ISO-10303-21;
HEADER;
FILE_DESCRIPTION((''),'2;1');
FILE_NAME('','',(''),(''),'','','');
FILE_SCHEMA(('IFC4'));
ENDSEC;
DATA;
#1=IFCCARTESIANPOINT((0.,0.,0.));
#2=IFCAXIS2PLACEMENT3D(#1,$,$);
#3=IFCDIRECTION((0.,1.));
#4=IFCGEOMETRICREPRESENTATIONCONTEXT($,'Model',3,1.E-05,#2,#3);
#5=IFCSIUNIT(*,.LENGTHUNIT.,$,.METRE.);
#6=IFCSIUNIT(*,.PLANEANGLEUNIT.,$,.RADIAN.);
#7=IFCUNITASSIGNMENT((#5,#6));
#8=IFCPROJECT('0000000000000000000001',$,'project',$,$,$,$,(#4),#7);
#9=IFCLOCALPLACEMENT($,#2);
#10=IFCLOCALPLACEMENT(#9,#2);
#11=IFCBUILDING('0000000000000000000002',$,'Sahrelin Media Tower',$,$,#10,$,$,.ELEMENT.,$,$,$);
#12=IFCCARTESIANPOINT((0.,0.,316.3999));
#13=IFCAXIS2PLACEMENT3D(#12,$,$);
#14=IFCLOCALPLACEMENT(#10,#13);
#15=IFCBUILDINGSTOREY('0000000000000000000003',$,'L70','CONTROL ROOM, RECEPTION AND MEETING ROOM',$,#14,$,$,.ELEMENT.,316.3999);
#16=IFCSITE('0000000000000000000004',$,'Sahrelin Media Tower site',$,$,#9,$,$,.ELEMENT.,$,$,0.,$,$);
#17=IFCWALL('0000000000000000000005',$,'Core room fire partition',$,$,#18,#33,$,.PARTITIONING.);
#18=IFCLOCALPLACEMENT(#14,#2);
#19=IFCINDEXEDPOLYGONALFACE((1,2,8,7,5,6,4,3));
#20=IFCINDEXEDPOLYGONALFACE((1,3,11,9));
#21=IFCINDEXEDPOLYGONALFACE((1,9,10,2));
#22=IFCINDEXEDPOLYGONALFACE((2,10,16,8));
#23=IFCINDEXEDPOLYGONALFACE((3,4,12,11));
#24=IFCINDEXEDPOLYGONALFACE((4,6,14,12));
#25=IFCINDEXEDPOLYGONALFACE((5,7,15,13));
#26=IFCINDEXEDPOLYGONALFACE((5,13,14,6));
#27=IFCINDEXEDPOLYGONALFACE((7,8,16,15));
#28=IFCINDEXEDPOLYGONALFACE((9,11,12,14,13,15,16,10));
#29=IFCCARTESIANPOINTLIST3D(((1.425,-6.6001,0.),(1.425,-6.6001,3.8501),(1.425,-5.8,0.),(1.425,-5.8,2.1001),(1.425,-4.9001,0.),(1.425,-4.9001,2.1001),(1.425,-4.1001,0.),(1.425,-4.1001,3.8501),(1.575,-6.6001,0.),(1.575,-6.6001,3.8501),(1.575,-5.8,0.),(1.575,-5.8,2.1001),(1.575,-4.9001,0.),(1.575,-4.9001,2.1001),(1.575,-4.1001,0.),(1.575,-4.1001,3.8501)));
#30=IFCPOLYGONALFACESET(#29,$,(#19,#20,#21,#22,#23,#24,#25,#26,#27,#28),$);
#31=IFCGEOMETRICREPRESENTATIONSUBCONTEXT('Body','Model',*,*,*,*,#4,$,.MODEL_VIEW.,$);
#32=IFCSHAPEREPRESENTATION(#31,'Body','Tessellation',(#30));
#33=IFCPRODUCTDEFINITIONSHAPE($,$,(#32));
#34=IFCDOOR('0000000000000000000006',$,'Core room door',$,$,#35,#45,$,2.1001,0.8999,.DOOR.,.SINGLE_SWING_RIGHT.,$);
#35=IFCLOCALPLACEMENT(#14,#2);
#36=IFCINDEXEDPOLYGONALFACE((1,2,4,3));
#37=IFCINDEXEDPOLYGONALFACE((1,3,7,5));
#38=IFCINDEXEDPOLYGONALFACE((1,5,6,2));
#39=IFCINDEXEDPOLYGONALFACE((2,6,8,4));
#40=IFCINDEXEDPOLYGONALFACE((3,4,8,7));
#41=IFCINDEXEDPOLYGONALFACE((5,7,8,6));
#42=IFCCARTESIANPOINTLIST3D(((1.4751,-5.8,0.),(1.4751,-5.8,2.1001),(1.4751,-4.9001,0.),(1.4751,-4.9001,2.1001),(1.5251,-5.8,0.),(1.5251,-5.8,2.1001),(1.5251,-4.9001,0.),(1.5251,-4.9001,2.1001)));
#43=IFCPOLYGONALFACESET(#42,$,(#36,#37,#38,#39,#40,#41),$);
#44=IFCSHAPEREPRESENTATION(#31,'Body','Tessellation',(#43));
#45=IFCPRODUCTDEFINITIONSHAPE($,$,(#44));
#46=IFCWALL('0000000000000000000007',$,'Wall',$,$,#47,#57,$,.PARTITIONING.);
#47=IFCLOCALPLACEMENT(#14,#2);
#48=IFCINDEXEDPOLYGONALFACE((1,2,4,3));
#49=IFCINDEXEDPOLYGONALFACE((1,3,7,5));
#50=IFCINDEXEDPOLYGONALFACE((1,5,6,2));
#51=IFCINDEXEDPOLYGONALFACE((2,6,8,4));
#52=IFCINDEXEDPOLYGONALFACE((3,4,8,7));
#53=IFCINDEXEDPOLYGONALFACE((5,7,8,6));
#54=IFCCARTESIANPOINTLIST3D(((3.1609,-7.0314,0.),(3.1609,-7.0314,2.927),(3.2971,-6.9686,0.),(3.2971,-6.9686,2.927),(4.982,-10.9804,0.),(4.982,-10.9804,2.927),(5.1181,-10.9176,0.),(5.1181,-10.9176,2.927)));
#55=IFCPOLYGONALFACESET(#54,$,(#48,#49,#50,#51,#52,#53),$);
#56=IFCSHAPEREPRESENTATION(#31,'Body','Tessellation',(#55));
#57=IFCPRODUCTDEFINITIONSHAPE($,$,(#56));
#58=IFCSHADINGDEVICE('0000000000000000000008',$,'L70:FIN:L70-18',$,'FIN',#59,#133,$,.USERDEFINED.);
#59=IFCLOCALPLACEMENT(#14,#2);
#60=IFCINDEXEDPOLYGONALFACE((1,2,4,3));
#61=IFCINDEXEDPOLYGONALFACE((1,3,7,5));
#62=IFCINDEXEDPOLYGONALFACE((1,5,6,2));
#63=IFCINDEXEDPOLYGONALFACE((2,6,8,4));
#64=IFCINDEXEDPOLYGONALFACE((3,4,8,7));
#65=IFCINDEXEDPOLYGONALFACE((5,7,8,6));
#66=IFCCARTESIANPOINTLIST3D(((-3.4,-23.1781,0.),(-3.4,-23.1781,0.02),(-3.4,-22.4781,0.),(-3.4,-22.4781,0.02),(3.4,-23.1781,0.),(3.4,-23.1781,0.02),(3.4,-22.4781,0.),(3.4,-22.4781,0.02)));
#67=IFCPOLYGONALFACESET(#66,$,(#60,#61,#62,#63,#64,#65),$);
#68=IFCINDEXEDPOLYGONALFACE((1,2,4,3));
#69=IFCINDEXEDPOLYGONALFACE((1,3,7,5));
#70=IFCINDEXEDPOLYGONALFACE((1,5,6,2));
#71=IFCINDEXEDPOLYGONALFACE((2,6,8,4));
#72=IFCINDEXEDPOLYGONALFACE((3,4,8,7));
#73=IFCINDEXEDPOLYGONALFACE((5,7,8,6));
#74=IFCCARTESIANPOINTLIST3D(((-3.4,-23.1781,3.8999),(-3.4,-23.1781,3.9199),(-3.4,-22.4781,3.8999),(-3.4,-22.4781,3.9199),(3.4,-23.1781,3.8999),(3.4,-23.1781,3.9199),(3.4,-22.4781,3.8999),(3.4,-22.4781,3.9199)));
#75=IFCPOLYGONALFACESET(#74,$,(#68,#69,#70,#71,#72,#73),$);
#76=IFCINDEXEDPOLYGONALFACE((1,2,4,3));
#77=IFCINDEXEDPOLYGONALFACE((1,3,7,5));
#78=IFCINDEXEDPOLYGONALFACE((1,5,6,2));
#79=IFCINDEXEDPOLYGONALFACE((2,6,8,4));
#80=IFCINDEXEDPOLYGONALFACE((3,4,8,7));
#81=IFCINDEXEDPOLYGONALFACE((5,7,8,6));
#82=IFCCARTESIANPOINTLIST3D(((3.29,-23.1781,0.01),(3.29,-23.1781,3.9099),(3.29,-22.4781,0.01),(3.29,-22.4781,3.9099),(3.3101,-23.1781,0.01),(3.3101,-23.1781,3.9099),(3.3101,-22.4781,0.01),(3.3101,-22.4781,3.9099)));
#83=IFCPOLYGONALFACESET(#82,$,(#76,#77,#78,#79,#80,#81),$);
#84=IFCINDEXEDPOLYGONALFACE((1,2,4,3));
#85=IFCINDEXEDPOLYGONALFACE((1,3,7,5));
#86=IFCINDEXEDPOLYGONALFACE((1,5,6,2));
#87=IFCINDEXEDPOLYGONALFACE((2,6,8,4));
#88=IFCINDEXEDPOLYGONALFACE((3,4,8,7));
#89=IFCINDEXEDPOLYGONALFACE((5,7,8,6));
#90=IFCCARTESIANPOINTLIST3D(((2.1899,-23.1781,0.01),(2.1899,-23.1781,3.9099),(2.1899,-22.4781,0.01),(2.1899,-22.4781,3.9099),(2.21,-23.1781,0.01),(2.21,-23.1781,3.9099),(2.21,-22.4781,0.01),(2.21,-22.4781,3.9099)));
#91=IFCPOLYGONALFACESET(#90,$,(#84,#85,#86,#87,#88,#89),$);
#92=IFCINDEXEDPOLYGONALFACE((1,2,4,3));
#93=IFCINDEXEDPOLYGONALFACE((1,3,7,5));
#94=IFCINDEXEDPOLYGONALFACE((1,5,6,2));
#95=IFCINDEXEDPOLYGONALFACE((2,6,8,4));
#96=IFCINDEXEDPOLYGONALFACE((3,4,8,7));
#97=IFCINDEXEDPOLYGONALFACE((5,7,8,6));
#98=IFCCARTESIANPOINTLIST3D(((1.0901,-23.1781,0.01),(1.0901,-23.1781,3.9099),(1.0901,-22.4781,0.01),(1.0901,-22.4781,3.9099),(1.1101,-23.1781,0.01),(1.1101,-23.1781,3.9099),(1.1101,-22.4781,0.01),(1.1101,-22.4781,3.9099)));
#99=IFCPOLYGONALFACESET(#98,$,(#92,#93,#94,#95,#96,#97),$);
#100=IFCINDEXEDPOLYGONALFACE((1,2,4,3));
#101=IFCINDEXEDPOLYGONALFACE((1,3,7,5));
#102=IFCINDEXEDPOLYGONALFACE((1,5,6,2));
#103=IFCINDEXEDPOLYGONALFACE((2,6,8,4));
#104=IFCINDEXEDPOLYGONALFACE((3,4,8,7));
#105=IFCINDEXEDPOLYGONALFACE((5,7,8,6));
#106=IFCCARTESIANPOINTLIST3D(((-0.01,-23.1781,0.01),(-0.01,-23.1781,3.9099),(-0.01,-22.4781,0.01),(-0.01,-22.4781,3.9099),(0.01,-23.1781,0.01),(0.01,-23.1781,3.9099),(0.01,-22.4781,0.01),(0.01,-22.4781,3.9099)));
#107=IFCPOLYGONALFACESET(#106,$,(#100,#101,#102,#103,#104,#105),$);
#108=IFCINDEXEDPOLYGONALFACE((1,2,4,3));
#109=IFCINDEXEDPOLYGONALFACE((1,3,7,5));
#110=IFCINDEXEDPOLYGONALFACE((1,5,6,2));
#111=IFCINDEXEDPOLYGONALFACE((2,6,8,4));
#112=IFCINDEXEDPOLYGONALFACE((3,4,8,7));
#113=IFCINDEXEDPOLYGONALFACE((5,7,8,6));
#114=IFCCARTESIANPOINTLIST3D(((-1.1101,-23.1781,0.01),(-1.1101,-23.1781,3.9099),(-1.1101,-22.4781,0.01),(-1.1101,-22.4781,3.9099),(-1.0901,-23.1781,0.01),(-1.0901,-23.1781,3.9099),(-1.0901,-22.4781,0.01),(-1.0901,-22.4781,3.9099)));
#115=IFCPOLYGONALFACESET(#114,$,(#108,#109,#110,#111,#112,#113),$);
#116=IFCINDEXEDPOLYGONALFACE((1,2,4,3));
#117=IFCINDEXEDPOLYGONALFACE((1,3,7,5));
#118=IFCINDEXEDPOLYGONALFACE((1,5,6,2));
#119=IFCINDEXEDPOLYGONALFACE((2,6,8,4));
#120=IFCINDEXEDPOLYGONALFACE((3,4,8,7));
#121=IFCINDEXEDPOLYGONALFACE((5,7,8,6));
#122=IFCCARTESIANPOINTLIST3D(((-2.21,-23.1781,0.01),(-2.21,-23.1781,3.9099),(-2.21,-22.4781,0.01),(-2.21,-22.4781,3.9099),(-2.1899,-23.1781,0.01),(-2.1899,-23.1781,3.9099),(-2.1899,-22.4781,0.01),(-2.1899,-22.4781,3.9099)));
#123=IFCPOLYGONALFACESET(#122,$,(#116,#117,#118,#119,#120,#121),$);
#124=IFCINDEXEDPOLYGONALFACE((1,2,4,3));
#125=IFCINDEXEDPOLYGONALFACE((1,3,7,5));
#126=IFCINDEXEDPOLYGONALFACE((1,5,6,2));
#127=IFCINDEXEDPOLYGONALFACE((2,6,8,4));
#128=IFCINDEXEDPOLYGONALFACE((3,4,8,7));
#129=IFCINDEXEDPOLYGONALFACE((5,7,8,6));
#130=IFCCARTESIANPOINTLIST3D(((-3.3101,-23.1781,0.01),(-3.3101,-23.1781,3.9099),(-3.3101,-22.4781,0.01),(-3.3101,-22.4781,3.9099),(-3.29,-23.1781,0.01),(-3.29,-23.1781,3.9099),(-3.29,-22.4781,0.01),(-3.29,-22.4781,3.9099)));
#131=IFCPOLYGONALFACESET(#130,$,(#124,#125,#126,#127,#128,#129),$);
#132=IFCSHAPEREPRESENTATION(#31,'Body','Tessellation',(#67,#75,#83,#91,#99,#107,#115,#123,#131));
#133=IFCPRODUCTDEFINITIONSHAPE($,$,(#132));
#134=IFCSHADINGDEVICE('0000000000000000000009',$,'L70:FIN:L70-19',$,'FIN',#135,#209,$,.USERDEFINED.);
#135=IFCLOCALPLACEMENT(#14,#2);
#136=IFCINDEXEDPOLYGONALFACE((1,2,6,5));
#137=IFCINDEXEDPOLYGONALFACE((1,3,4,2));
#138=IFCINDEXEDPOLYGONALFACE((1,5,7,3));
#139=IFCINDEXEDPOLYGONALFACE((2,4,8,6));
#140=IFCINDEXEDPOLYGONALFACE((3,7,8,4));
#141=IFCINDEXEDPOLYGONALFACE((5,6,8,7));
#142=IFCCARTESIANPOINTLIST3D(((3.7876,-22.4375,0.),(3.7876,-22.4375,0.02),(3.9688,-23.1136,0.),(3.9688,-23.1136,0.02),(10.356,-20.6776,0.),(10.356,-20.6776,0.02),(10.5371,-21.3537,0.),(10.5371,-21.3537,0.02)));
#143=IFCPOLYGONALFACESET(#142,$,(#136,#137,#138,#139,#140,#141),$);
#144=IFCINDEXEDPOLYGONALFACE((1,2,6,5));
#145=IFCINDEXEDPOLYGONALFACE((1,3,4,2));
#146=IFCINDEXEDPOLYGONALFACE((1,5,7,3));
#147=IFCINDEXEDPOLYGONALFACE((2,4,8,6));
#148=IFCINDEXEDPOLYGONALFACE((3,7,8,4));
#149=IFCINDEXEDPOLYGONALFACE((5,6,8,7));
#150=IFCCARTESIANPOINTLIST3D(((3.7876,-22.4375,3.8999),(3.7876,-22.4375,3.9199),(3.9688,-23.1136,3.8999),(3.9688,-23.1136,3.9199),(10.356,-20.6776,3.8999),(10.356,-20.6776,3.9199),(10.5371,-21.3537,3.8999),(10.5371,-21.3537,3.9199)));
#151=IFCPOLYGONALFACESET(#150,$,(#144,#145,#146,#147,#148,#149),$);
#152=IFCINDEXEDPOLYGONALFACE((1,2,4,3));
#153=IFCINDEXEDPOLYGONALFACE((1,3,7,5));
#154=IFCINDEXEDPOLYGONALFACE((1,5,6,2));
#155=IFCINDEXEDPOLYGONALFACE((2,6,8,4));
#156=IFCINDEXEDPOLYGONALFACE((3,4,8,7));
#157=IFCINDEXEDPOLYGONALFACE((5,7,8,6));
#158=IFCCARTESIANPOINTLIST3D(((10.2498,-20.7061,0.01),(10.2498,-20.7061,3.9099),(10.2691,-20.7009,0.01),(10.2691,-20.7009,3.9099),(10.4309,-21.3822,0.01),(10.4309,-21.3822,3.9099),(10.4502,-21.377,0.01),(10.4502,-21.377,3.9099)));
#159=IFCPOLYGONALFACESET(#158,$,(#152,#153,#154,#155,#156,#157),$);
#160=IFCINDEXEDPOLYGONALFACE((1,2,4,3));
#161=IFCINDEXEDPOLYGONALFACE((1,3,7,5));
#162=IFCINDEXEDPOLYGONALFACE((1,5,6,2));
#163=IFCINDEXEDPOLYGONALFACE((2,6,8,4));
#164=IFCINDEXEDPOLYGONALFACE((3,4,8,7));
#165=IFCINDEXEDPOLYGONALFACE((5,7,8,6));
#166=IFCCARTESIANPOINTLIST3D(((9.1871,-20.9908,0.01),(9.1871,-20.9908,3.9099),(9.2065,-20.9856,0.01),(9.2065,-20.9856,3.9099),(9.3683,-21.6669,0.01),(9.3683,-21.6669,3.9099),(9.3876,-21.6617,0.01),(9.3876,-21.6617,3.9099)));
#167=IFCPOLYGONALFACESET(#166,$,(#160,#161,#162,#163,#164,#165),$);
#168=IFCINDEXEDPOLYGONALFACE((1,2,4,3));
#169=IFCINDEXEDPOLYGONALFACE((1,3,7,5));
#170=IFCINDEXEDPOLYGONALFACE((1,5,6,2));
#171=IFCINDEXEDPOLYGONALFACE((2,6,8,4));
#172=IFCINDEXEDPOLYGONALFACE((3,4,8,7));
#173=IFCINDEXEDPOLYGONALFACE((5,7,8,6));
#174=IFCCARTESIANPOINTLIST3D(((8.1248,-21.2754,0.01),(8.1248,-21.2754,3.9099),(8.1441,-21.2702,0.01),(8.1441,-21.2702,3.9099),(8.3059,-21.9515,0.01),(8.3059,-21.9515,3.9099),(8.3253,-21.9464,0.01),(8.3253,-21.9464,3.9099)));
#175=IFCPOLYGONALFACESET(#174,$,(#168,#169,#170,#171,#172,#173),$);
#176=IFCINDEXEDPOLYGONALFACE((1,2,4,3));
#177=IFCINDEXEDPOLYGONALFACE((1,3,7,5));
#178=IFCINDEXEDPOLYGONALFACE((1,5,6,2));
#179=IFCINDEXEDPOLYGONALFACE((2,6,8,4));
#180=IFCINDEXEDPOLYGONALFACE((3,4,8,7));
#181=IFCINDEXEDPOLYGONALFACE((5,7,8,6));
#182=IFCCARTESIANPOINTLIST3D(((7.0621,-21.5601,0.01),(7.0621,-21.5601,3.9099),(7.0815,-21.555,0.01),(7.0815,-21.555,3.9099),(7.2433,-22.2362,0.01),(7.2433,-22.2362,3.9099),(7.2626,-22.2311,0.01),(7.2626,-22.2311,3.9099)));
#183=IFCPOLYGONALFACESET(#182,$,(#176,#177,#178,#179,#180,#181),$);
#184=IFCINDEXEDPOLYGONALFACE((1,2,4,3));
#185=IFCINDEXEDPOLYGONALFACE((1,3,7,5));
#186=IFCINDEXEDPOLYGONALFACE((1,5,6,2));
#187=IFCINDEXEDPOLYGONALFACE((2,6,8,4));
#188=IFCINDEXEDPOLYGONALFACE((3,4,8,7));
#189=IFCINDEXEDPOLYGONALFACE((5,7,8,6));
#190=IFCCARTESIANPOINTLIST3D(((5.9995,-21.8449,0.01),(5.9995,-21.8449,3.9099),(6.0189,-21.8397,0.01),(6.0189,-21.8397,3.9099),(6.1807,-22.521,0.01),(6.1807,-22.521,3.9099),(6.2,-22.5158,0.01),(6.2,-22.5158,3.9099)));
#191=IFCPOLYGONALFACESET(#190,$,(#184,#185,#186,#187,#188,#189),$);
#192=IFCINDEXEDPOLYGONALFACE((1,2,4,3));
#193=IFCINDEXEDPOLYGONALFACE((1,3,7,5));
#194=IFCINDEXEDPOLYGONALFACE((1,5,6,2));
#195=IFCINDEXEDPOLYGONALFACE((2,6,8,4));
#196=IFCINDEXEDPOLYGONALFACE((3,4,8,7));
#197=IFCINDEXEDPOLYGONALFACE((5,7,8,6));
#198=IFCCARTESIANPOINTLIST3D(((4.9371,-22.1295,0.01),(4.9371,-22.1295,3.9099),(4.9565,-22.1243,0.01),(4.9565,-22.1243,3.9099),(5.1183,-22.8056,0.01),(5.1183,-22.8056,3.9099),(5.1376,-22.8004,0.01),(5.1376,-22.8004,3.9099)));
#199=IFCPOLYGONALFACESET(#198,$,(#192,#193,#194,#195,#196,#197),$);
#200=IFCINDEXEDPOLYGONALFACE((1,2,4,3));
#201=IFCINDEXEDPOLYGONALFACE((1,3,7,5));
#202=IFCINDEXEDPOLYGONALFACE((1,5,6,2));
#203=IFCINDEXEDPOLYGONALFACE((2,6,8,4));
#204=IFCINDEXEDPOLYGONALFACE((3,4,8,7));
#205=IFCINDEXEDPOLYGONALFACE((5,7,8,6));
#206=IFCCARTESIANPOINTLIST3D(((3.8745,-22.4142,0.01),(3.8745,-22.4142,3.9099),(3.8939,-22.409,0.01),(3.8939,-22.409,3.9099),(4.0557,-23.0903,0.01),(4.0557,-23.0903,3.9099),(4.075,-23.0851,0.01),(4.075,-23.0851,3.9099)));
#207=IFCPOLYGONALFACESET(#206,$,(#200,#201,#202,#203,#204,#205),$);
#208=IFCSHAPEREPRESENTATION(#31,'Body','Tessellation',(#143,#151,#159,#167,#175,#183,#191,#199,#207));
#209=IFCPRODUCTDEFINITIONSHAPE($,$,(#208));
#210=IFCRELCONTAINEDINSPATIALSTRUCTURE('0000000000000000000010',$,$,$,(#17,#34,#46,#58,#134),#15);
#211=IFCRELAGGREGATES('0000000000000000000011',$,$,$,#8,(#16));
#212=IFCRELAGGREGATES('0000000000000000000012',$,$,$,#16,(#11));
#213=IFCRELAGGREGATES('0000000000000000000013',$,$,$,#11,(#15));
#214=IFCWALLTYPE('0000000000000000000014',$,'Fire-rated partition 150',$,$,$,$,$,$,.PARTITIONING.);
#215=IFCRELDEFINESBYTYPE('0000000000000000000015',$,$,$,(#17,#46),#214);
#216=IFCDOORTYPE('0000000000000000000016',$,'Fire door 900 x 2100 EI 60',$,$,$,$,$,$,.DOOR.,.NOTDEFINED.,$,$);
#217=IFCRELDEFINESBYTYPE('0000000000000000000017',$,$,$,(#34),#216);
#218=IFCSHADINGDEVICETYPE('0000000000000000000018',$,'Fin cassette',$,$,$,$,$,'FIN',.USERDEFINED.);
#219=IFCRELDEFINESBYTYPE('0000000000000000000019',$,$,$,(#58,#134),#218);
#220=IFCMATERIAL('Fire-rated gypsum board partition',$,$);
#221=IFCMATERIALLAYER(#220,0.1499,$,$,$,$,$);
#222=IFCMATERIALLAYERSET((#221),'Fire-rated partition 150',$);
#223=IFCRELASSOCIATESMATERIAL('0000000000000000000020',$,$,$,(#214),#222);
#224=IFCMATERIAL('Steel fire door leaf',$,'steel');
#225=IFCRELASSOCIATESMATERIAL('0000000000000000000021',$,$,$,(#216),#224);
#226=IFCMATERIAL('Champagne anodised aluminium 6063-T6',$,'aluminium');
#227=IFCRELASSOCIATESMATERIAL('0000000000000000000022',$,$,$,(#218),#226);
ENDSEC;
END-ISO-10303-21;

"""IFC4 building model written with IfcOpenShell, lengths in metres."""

from ifc_helpers import new_model, si_unit, direction, frame, frame_2d, origin, origin_2d, place, context, subcontext, project, spatial, rectangle, extrude, material, layer, layer_set, type_object, element, fill, save


model = new_model("IFC4")

# Units and contexts
model_context = context("Model", 3, precision=1e-05, world=origin(), true_north=direction((0.0, 1.0)))
body_context = subcontext(model_context, "Body", "Model", "MODEL_VIEW")
ifc_project = project(units=[si_unit("LENGTHUNIT", "METRE"), si_unit("PLANEANGLEUNIT", "RADIAN")], contexts=[model_context])

# Site, building, storey
site_placement = place(None, origin())
site = spatial("IfcSite", under=ifc_project, at=site_placement, Name="Sahrelin Media Tower site", CompositionType="ELEMENT", RefElevation=0.0)
building_placement = place(site_placement, origin())
building = spatial("IfcBuilding", under=site, at=building_placement, Name="Sahrelin Media Tower", CompositionType="ELEMENT")
storey_placement = place(building_placement, frame((0.0, 0.0, 316.3999)))
storey = spatial("IfcBuildingStorey", under=building, at=storey_placement, Name="L70", Description="CONTROL ROOM, RECEPTION AND MEETING ROOM", CompositionType="ELEMENT", Elevation=316.3999)

# Shared definitions
ifc_material_1 = material(Name="Champagne anodised aluminium 6063-T6", Category="aluminium")

# Wall, opening, door
ifc_material_2 = material(Name="Fire-rated gypsum board partition")
ifc_layer_1 = layer(ifc_material_2, 0.1499)
ifc_layer_set_1 = layer_set([ifc_layer_1], Name="Fire-rated partition 150")
wall_type = type_object("IfcWallType", Name="Fire-rated partition 150", PredefinedType="PARTITIONING", material=ifc_layer_set_1)
wall_1_placement = place(storey_placement, frame((1.5, -6.6001, 0.0), z_axis=(0.0, 0.0, 1.0), x_axis=(0.0, 1.0, 0.0)))
wall_1 = element("IfcWall", 1, at=wall_1_placement, inside=storey, type_object=wall_type, Name="Core room fire partition", PredefinedType="PARTITIONING", context=body_context, shape_type="SweptSolid", body=[
    extrude(rectangle(XDim=2.5, YDim=0.1499, at=frame_2d((1.25, 0.0))), origin(), (0.0, 0.0, 1.0), 3.8501),
])
opening_placement = place(wall_1_placement, frame((0.8, 0.0, 0.0)))
opening = element("IfcOpeningElement", 2, at=opening_placement, cuts=wall_1, PredefinedType="OPENING", context=body_context, shape_type="SweptSolid", body=[
    extrude(rectangle(XDim=0.8999, YDim=2.1001, at=frame_2d((0.45, 1.05))), frame((0.0, 0.075, 0.0), z_axis=(0.0, -1.0, 0.0), x_axis=(1.0, 0.0, 0.0)), (0.0, 0.0, 1.0), 0.1499),
])
ifc_material_3 = material(Name="Steel fire door leaf", Category="steel")
door_type = type_object("IfcDoorType", Name="Fire door 900 x 2100 EI 60", OperationType="NOTDEFINED", PredefinedType="DOOR", material=ifc_material_3)
door_placement = place(opening_placement, origin())
door = element("IfcDoor", 3, at=door_placement, inside=storey, type_object=door_type, Name="Core room door", OperationType="SINGLE_SWING_RIGHT", OverallHeight=2.1001, OverallWidth=0.8999, PredefinedType="DOOR", context=body_context, shape_type="SweptSolid", body=[
    extrude(rectangle(XDim=0.8999, YDim=2.1001, at=frame_2d((0.45, 1.05))), frame((0.0, 0.0249, 0.0), z_axis=(0.0, -1.0, 0.0), x_axis=(1.0, 0.0, 0.0)), (0.0, 0.0, 1.0), 0.05),
])
fill(opening, door)

# Wall
wall_2_placement = place(storey_placement, frame((3.229, -7.0, 0.0), z_axis=(0.0, 0.0, 1.0), x_axis=(0.418763, -0.908096, 0.0)))
element("IfcWall", 4, at=wall_2_placement, inside=storey, type_object=wall_type, Name="Wall", PredefinedType="PARTITIONING", context=body_context, shape_type="SweptSolid", body=[
    extrude(rectangle(XDim=4.3486, YDim=0.1499, at=frame_2d((2.1743, 0.0))), origin(), (0.0, 0.0, 1.0), 2.927),
])

# Shading devices
shading_device_type_1 = type_object("IfcShadingDeviceType", Name="Fin cassette", ElementType="FIN", PredefinedType="USERDEFINED", material=ifc_material_1)
placement_1 = place(storey_placement, frame((0.0, -22.4082, 0.0), z_axis=(0.0, 0.0, 1.0), x_axis=(-1.0, 0.0, 0.0)))
element("IfcShadingDevice", 5, at=placement_1, inside=storey, type_object=shading_device_type_1, Name="L70:FIN:L70-18", ObjectType="FIN", PredefinedType="USERDEFINED", context=body_context, shape_type="SweptSolid", body=[
    extrude(rectangle(XDim=6.8, YDim=0.7, at=origin_2d()), frame((0.0, 0.4199, 0.0)), (0.0, 0.0, 1.0), 0.02),
    extrude(rectangle(XDim=6.8, YDim=0.7, at=origin_2d()), frame((0.0, 0.4199, 3.8999)), (0.0, 0.0, 1.0), 0.02),
    extrude(rectangle(XDim=0.02, YDim=0.7, at=origin_2d()), frame((-3.3, 0.4199, 0.01), z_axis=(0.0, 0.0, 1.0), x_axis=(1.0, 0.0, 0.0)), (0.0, 0.0, 1.0), 3.8999),
    extrude(rectangle(XDim=0.02, YDim=0.7, at=origin_2d()), frame((-2.2, 0.4199, 0.01), z_axis=(0.0, 0.0, 1.0), x_axis=(1.0, 0.0, 0.0)), (0.0, 0.0, 1.0), 3.8999),
    extrude(rectangle(XDim=0.02, YDim=0.7, at=origin_2d()), frame((-1.1001, 0.4199, 0.01), z_axis=(0.0, 0.0, 1.0), x_axis=(1.0, 0.0, 0.0)), (0.0, 0.0, 1.0), 3.8999),
    extrude(rectangle(XDim=0.02, YDim=0.7, at=origin_2d()), frame((0.0, 0.4199, 0.01), z_axis=(0.0, 0.0, 1.0), x_axis=(1.0, 0.0, 0.0)), (0.0, 0.0, 1.0), 3.8999),
    extrude(rectangle(XDim=0.02, YDim=0.7, at=origin_2d()), frame((1.1001, 0.4199, 0.01), z_axis=(0.0, 0.0, 1.0), x_axis=(1.0, 0.0, 0.0)), (0.0, 0.0, 1.0), 3.8999),
    extrude(rectangle(XDim=0.02, YDim=0.7, at=origin_2d()), frame((2.2, 0.4199, 0.01), z_axis=(0.0, 0.0, 1.0), x_axis=(1.0, 0.0, 0.0)), (0.0, 0.0, 1.0), 3.8999),
    extrude(rectangle(XDim=0.02, YDim=0.7, at=origin_2d()), frame((3.3, 0.4199, 0.01), z_axis=(0.0, 0.0, 1.0), x_axis=(1.0, 0.0, 0.0)), (0.0, 0.0, 1.0), 3.8999),
])
placement_2 = place(storey_placement, frame((7.0537, -21.49, 0.0), z_axis=(0.0, 0.0, 1.0), x_axis=(-0.965929, -0.258808, 0.0)))
element("IfcShadingDevice", 6, at=placement_2, inside=storey, type_object=shading_device_type_1, Name="L70:FIN:L70-19", ObjectType="FIN", PredefinedType="USERDEFINED", context=body_context, shape_type="SweptSolid", body=[
    extrude(rectangle(XDim=6.8, YDim=0.7, at=origin_2d()), frame((0.0, 0.4199, 0.0)), (0.0, 0.0, 1.0), 0.02),
    extrude(rectangle(XDim=6.8, YDim=0.7, at=origin_2d()), frame((0.0, 0.4199, 3.8999)), (0.0, 0.0, 1.0), 0.02),
    extrude(rectangle(XDim=0.02, YDim=0.7, at=origin_2d()), frame((-3.3, 0.4199, 0.01), z_axis=(0.0, 0.0, 1.0), x_axis=(1.0, 0.0, 0.0)), (0.0, 0.0, 1.0), 3.8999),
    extrude(rectangle(XDim=0.02, YDim=0.7, at=origin_2d()), frame((-2.2, 0.4199, 0.01), z_axis=(0.0, 0.0, 1.0), x_axis=(1.0, 0.0, 0.0)), (0.0, 0.0, 1.0), 3.8999),
    extrude(rectangle(XDim=0.02, YDim=0.7, at=origin_2d()), frame((-1.1001, 0.4199, 0.01), z_axis=(0.0, 0.0, 1.0), x_axis=(1.0, 0.0, 0.0)), (0.0, 0.0, 1.0), 3.8999),
    extrude(rectangle(XDim=0.02, YDim=0.7, at=origin_2d()), frame((0.0, 0.4199, 0.01), z_axis=(0.0, 0.0, 1.0), x_axis=(1.0, 0.0, 0.0)), (0.0, 0.0, 1.0), 3.8999),
    extrude(rectangle(XDim=0.02, YDim=0.7, at=origin_2d()), frame((1.1001, 0.4199, 0.01), z_axis=(0.0, 0.0, 1.0), x_axis=(1.0, 0.0, 0.0)), (0.0, 0.0, 1.0), 3.8999),
    extrude(rectangle(XDim=0.02, YDim=0.7, at=origin_2d()), frame((2.2, 0.4199, 0.01), z_axis=(0.0, 0.0, 1.0), x_axis=(1.0, 0.0, 0.0)), (0.0, 0.0, 1.0), 3.8999),
    extrude(rectangle(XDim=0.02, YDim=0.7, at=origin_2d()), frame((3.3, 0.4199, 0.01), z_axis=(0.0, 0.0, 1.0), x_axis=(1.0, 0.0, 0.0)), (0.0, 0.0, 1.0), 3.8999),
])

save(model, "model.ifc")
